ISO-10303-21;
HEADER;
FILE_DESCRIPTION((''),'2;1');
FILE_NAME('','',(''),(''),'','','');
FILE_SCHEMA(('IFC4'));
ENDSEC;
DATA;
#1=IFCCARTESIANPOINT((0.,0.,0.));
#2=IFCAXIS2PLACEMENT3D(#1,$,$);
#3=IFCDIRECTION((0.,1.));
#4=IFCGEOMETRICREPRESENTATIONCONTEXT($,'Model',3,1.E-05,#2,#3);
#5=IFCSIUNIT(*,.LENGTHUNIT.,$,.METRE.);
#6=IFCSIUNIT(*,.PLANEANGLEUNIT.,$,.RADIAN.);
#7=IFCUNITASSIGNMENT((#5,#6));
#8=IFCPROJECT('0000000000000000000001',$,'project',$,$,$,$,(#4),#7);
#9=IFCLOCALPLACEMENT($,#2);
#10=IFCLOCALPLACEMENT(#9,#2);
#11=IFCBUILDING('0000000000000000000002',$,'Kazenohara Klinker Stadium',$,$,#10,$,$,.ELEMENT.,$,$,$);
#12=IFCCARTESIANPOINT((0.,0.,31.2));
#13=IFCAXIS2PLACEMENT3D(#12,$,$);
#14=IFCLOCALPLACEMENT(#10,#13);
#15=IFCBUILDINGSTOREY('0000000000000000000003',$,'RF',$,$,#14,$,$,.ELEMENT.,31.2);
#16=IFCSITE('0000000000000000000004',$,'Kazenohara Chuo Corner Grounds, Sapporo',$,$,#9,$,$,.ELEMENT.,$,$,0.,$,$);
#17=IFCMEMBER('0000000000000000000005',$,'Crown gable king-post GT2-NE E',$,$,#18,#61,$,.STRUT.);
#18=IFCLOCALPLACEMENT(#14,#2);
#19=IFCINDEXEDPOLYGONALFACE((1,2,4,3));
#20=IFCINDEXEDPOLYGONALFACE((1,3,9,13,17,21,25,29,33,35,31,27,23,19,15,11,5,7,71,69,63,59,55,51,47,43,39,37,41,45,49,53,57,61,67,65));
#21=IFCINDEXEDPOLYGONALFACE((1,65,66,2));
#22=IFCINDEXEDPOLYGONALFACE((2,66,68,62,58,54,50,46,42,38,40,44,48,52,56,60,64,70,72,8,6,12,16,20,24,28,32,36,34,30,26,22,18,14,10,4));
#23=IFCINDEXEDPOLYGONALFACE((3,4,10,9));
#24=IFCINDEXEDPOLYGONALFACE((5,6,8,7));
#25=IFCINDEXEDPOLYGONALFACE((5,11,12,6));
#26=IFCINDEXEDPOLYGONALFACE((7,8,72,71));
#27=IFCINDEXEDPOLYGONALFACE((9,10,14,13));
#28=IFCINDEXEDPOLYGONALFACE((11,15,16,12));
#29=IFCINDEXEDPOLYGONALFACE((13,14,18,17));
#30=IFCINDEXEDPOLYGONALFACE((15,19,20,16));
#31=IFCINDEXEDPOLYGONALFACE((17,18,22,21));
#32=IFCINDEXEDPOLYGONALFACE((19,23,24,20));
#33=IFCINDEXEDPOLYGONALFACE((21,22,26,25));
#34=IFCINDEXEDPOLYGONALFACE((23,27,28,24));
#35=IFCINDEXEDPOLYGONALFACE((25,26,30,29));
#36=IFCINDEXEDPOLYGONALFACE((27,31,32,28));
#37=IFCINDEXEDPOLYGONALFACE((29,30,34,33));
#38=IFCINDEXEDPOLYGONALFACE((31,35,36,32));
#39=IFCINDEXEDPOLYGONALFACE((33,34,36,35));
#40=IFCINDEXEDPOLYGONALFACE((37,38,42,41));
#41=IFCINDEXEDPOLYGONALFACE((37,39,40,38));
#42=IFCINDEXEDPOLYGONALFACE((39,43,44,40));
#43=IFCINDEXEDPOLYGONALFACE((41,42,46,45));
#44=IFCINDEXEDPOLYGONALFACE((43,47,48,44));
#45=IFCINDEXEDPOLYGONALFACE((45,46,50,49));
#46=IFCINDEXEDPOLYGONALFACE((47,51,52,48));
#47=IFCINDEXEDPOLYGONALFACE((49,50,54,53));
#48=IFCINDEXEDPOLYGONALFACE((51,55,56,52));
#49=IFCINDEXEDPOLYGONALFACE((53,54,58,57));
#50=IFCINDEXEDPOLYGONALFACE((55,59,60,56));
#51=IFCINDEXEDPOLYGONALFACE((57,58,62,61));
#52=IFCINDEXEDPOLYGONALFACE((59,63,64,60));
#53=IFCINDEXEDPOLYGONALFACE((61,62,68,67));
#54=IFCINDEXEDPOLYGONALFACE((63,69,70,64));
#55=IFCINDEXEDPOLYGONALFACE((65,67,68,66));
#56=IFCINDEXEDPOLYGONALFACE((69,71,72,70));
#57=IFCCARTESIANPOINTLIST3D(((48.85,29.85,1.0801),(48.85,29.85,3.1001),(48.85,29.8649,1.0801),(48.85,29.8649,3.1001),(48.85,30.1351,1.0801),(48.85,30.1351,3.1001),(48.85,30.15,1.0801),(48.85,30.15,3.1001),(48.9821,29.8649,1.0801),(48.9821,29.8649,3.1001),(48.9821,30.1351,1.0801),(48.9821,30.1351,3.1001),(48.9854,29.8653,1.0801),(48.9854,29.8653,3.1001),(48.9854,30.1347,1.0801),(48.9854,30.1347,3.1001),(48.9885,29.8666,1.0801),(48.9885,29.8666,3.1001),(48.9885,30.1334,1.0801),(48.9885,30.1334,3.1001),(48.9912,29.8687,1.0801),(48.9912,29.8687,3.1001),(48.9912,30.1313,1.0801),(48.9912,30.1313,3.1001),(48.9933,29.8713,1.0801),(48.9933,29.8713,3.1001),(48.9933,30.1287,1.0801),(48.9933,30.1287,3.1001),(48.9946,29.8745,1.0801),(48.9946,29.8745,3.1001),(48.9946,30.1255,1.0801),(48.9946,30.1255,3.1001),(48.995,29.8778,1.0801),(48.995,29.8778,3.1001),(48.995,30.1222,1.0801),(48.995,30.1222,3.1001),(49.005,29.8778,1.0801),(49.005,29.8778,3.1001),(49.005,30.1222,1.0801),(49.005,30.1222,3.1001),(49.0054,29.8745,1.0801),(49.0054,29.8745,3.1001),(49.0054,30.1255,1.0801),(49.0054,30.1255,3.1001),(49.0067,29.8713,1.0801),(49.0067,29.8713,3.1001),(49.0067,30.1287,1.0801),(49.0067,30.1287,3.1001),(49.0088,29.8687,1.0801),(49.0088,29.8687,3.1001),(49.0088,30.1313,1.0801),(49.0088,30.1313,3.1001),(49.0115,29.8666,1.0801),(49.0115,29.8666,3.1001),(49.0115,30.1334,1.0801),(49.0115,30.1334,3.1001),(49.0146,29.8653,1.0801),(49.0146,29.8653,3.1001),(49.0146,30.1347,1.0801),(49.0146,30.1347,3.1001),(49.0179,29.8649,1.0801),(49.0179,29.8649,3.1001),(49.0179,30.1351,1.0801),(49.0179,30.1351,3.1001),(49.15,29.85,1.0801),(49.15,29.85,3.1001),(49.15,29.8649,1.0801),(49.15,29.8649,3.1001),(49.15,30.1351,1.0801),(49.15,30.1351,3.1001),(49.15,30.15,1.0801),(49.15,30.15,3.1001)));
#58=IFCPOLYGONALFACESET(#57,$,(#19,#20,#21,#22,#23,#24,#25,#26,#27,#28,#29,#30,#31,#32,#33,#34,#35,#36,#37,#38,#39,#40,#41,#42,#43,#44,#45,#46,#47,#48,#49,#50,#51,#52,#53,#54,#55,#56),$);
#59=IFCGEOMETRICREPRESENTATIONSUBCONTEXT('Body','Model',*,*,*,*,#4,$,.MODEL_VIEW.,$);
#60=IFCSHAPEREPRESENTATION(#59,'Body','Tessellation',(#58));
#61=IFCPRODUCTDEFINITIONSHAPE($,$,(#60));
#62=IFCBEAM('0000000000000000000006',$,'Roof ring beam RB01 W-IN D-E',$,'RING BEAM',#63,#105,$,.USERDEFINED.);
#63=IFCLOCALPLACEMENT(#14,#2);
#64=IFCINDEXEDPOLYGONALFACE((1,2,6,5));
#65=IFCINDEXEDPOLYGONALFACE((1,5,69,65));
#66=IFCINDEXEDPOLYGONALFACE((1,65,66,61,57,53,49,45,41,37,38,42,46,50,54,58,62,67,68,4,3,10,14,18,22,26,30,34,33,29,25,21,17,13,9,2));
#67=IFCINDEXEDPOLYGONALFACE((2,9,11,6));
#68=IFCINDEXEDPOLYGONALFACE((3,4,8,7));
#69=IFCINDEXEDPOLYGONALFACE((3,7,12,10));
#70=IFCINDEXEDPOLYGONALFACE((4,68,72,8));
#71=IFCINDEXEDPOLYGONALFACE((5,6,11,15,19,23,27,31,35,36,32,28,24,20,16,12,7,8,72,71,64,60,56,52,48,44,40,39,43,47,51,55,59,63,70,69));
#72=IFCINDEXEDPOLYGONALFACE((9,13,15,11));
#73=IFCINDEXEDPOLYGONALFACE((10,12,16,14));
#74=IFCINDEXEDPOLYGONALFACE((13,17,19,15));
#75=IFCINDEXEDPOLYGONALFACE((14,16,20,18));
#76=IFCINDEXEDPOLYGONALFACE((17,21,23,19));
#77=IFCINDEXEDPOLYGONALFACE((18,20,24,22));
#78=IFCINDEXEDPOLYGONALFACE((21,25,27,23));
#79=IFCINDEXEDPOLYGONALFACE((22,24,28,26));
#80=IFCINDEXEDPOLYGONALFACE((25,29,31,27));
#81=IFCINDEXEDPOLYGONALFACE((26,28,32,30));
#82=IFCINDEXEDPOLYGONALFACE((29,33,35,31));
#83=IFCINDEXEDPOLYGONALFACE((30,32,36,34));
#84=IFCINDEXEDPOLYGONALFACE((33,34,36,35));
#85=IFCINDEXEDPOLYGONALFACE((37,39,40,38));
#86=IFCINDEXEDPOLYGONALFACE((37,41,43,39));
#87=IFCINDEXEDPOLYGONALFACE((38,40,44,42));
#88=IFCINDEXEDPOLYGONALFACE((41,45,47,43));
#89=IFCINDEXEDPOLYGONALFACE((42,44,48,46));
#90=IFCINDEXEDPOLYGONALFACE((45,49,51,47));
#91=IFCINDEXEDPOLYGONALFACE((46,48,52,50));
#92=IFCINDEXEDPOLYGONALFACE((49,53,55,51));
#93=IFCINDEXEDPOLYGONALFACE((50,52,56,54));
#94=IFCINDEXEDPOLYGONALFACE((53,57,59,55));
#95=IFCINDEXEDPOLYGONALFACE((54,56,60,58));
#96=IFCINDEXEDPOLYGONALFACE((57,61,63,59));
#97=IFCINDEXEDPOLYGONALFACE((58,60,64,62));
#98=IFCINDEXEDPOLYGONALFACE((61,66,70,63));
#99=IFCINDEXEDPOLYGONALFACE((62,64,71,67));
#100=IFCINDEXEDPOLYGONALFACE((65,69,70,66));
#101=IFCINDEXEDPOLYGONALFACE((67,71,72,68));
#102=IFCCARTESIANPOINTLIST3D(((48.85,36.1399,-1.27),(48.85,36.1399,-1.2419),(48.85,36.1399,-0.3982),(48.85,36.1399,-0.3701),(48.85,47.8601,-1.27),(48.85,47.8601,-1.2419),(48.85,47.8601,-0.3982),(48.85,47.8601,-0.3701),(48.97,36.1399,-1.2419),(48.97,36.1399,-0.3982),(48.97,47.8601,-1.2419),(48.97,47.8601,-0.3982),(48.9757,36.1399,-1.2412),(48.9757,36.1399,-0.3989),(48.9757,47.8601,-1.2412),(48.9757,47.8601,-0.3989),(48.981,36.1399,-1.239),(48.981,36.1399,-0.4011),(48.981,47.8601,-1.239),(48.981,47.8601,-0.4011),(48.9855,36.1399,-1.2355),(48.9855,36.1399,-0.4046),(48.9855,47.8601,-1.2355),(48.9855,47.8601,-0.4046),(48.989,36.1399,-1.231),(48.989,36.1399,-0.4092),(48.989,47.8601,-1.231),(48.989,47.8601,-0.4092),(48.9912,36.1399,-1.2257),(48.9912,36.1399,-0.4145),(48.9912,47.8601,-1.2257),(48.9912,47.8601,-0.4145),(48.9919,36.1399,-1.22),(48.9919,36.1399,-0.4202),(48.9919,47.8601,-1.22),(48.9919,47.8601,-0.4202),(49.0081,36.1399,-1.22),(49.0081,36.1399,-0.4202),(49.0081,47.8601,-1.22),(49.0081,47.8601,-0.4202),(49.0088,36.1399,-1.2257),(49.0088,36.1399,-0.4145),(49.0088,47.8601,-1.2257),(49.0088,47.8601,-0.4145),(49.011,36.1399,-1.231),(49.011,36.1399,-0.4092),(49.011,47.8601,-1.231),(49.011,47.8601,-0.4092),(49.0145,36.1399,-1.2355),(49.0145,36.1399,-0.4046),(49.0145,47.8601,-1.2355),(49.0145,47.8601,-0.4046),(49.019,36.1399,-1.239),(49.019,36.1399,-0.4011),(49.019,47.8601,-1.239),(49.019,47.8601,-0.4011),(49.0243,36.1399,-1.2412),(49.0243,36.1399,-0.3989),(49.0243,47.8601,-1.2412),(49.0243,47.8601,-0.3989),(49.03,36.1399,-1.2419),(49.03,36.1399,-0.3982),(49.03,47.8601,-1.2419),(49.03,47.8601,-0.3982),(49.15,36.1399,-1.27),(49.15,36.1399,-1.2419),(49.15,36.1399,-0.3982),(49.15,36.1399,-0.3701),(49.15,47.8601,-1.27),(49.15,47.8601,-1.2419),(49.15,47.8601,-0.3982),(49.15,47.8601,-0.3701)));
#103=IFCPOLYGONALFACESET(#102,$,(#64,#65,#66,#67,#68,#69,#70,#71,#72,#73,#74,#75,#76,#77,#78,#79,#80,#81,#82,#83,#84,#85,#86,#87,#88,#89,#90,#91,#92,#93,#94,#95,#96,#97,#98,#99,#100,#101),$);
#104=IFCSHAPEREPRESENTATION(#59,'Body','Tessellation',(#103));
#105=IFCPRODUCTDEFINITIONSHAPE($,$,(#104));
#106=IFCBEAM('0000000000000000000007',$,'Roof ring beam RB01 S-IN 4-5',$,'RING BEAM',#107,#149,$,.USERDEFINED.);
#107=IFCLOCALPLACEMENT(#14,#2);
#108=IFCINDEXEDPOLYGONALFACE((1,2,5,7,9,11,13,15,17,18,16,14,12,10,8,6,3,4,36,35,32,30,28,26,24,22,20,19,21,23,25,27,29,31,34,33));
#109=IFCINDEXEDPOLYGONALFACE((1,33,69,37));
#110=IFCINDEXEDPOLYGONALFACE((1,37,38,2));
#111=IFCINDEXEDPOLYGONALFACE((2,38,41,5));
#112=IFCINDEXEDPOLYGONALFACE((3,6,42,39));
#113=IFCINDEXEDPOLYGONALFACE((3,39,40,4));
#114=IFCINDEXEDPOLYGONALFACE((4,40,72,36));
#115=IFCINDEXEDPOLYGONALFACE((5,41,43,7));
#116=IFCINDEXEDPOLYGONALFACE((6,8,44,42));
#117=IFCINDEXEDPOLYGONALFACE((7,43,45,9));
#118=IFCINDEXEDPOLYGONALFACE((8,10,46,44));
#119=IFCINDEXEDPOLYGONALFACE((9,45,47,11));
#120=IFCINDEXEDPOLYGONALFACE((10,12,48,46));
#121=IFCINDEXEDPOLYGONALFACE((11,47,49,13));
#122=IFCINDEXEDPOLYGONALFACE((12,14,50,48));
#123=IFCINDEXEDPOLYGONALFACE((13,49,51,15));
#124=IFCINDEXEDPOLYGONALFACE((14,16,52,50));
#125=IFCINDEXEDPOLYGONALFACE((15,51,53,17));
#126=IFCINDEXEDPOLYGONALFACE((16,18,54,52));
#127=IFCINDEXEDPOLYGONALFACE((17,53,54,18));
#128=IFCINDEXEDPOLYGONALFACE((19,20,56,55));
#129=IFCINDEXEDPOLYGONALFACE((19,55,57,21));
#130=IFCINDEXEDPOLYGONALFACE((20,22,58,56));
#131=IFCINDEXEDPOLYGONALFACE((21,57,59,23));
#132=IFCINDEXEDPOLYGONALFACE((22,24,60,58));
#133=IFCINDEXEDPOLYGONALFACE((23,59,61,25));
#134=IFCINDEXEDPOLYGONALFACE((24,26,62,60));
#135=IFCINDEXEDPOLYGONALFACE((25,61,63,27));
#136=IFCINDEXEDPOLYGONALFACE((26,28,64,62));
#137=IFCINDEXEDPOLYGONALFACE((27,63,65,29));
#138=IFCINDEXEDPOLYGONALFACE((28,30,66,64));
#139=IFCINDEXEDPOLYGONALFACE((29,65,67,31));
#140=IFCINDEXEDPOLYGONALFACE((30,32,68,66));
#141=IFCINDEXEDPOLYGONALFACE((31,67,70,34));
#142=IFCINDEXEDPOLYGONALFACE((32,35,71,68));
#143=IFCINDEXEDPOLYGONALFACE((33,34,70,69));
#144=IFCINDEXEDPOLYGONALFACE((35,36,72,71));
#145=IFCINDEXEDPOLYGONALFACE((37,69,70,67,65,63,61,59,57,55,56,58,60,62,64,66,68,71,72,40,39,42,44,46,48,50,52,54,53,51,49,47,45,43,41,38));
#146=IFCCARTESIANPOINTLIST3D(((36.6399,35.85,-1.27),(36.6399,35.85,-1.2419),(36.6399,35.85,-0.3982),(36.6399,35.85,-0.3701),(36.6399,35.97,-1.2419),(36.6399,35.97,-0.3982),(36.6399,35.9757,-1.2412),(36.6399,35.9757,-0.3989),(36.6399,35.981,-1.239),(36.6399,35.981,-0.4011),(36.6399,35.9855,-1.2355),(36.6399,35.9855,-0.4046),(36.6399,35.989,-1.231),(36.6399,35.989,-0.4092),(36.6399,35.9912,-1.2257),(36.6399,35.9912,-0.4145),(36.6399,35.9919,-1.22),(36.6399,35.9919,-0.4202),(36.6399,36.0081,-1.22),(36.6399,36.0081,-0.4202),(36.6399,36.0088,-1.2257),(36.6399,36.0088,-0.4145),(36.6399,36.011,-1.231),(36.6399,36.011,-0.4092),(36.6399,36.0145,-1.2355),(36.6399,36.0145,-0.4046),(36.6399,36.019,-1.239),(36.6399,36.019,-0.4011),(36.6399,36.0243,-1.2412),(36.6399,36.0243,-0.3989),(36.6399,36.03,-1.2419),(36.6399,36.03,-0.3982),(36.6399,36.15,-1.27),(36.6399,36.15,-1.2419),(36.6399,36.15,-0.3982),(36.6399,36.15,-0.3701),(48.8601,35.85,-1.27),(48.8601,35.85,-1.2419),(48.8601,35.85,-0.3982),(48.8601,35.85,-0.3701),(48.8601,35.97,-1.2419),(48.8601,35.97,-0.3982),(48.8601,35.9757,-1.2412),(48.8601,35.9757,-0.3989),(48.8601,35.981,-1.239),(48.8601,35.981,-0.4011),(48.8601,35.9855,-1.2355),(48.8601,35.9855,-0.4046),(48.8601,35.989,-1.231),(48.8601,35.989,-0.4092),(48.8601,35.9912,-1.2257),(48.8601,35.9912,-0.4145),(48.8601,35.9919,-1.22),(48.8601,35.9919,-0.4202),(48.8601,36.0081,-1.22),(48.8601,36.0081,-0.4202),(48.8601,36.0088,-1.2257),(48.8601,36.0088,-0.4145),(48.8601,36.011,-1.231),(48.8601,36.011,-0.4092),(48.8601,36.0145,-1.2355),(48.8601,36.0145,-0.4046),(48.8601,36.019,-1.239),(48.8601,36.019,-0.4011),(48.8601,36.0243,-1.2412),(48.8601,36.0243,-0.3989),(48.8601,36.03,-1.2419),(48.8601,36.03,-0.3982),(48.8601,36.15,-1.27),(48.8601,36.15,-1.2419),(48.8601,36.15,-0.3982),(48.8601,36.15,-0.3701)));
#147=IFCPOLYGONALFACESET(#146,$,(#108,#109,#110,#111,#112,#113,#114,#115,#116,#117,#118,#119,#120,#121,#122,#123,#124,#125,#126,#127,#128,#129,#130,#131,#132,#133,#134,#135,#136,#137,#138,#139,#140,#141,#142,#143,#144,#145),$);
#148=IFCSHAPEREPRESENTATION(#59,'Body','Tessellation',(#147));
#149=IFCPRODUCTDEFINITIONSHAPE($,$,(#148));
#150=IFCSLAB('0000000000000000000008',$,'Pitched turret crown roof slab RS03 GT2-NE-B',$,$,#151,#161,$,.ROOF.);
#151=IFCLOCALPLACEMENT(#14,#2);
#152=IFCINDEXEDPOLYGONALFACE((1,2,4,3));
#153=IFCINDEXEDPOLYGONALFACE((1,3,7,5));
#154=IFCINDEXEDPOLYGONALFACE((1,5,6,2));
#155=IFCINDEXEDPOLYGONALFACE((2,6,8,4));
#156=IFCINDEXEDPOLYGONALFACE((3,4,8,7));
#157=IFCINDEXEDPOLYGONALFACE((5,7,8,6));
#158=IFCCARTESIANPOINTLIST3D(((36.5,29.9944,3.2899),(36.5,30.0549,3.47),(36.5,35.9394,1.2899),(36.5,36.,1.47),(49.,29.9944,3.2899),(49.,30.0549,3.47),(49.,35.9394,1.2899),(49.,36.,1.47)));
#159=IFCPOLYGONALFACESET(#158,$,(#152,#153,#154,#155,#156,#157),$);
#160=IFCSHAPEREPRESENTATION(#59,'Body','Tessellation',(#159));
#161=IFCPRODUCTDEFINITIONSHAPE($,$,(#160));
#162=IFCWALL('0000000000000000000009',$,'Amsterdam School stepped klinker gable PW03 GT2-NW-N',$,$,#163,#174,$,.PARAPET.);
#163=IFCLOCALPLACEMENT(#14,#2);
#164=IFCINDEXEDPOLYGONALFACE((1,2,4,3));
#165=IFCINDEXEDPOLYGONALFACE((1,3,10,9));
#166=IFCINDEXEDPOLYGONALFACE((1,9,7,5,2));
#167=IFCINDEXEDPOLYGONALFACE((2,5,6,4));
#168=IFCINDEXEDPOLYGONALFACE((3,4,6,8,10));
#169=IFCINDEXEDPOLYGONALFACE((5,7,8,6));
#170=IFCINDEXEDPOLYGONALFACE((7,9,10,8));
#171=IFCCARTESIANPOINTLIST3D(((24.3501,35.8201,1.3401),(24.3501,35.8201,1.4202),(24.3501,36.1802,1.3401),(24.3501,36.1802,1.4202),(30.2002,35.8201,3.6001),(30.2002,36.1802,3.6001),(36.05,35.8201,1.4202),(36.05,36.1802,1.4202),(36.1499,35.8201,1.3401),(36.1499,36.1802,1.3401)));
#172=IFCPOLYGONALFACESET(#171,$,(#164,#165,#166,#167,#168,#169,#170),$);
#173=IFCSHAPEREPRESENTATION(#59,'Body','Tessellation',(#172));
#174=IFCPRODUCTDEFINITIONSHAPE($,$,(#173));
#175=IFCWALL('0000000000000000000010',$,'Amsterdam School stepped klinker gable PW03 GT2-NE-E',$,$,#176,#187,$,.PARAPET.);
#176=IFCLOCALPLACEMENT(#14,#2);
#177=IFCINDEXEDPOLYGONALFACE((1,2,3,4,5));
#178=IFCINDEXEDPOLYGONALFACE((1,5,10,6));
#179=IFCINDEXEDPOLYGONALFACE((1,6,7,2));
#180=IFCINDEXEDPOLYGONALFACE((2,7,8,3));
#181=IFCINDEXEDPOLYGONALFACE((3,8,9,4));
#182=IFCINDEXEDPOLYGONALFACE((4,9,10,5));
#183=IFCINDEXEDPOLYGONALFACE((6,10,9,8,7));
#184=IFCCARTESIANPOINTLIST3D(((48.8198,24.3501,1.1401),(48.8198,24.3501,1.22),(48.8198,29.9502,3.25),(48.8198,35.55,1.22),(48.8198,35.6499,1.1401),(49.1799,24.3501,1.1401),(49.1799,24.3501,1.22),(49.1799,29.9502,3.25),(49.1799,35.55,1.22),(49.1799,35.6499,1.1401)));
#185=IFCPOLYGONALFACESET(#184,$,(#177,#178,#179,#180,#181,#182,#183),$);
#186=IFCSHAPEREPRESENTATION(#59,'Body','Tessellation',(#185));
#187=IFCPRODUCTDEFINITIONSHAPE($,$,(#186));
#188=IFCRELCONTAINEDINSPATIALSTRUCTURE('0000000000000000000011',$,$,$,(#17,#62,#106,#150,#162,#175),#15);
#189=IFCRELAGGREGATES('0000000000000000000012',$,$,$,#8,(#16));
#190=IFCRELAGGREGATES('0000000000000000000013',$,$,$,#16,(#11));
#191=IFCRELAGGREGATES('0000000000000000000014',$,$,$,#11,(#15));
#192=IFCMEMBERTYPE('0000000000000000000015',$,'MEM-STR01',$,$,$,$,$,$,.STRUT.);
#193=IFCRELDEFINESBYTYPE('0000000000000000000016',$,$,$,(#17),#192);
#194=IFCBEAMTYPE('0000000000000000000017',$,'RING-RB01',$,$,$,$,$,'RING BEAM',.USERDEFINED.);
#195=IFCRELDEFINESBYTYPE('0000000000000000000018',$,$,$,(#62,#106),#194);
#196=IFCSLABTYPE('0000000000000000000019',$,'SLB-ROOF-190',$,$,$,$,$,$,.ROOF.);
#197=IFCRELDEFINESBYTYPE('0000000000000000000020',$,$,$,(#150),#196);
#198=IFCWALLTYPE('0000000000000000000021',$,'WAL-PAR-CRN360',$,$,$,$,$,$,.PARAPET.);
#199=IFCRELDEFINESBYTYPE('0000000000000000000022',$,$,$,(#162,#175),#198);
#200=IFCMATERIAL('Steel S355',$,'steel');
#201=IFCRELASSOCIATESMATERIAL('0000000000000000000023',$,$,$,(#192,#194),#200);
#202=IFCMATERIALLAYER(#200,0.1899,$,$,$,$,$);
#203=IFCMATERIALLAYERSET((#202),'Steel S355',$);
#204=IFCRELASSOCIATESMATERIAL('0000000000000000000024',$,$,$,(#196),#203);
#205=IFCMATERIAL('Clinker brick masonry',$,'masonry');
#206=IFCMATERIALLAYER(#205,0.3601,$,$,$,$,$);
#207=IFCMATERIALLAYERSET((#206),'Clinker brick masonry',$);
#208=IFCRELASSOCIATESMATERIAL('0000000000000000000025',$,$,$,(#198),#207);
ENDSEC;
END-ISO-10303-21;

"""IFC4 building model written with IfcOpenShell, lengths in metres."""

from ifc_helpers import new_model, si_unit, direction, frame, origin, origin_2d, place, context, subcontext, project, spatial, polyline, i_section, outline, extrude, material, layer, layer_set, material_profile, profile_set, type_object, element, save


model = new_model("IFC4")

# Units and contexts
model_context = context("Model", 3, precision=1e-05, world=origin(), true_north=direction((0.0, 1.0)))
body_context = subcontext(model_context, "Body", "Model", "MODEL_VIEW")
ifc_project = project(units=[si_unit("LENGTHUNIT", "METRE"), si_unit("PLANEANGLEUNIT", "RADIAN")], contexts=[model_context])

# Site, building, storey
site_placement = place(None, origin())
site = spatial("IfcSite", under=ifc_project, at=site_placement, Name="Kazenohara Chuo Corner Grounds, Sapporo", CompositionType="ELEMENT", RefElevation=0.0)
building_placement = place(site_placement, origin())
building = spatial("IfcBuilding", under=site, at=building_placement, Name="Kazenohara Klinker Stadium", CompositionType="ELEMENT")
storey_placement = place(building_placement, frame((0.0, 0.0, 31.2)))
storey = spatial("IfcBuildingStorey", under=building, at=storey_placement, Name="RF", CompositionType="ELEMENT", Elevation=31.2)

# Member
ifc_material_1 = material(Name="Steel S355", Category="steel")
ifc_material_profile_1 = material_profile(ifc_material_1, i_section(OverallWidth=0.3, OverallDepth=0.3, WebThickness=0.01, FlangeThickness=0.0149, FilletRadius=0.0129, at=origin_2d()), Name="H-300x300x10x15")
ifc_profile_set_1 = profile_set([ifc_material_profile_1], Name="Steel S355")
member_type_1 = type_object("IfcMemberType", Name="MEM-STR01", PredefinedType="STRUT", material=ifc_profile_set_1)
for number, where, z_axis, x_axis, name in (
    (1, (49.0, 30.0, 1.0801), (0.0, 0.0, 1.0), (1.0, 0.0, 0.0), "Crown gable king-post GT2-NE E"),
):
    element("IfcMember", number, at=place(storey_placement, frame(where, z_axis=z_axis, x_axis=x_axis)), inside=storey, type_object=member_type_1, Name=name, PredefinedType="STRUT", context=body_context, shape_type="SweptSolid", body=[
        extrude(i_section(OverallWidth=0.3, OverallDepth=0.3, WebThickness=0.01, FlangeThickness=0.0149, FilletRadius=0.0129, at=origin_2d()), origin(), (0.0, 0.0, 1.0), 2.02),
    ])

# Beams
ifc_material_profile_2 = material_profile(ifc_material_1, i_section(OverallWidth=0.3, OverallDepth=0.8999, WebThickness=0.0161, FlangeThickness=0.0281, FilletRadius=0.022, at=origin_2d()), Name="H-900x300x16x28")
ifc_profile_set_2 = profile_set([ifc_material_profile_2], Name="Steel S355")
beam_type_1 = type_object("IfcBeamType", Name="RING-RB01", ElementType="RING BEAM", PredefinedType="USERDEFINED", material=ifc_profile_set_2)
beam_1_placement = place(storey_placement, frame((49.0, 36.1399, -0.8201), z_axis=(0.0, 1.0, 0.0), x_axis=(-1.0, 0.0, 0.0)))
element("IfcBeam", 2, at=beam_1_placement, inside=storey, type_object=beam_type_1, Name="Roof ring beam RB01 W-IN D-E", ObjectType="RING BEAM", PredefinedType="USERDEFINED", context=body_context, shape_type="SweptSolid", body=[
    extrude(i_section(OverallWidth=0.3, OverallDepth=0.8999, WebThickness=0.0161, FlangeThickness=0.0281, FilletRadius=0.022, at=origin_2d()), origin(), (0.0, 0.0, 1.0), 11.7202),
])
beam_2_placement = place(storey_placement, frame((36.6399, 36.0, -0.8201), z_axis=(1.0, 0.0, 0.0), x_axis=(0.0, 1.0, 0.0)))
element("IfcBeam", 3, at=beam_2_placement, inside=storey, type_object=beam_type_1, Name="Roof ring beam RB01 S-IN 4-5", ObjectType="RING BEAM", PredefinedType="USERDEFINED", context=body_context, shape_type="SweptSolid", body=[
    extrude(i_section(OverallWidth=0.3, OverallDepth=0.8999, WebThickness=0.0161, FlangeThickness=0.0281, FilletRadius=0.022, at=origin_2d()), origin(), (0.0, 0.0, 1.0), 12.2202),
])

# Slab
ifc_layer_1 = layer(ifc_material_1, 0.1899)
ifc_layer_set_1 = layer_set([ifc_layer_1], Name="Steel S355")
slab_type = type_object("IfcSlabType", Name="SLB-ROOF-190", PredefinedType="ROOF", material=ifc_layer_set_1)
slab_placement = place(storey_placement, frame((36.5, 30.0549, 3.47), z_axis=(0.0, 0.318854, 0.947804), x_axis=(1.0, 0.0, 0.0)))
element("IfcSlab", 4, at=slab_placement, inside=storey, type_object=slab_type, Name="Pitched turret crown roof slab RS03 GT2-NE-B", PredefinedType="ROOF", context=body_context, shape_type="SweptSolid", body=[
    extrude(outline(polyline([(0.0, 0.0), (12.5, 0.0), (12.5, 6.2725), (0.0, 6.2725), (0.0, 0.0)])), origin(), (0.0, 0.0, -1.0), 0.1899),
])

# Walls
ifc_material_2 = material(Name="Clinker brick masonry", Category="masonry")
ifc_layer_2 = layer(ifc_material_2, 0.3601)
ifc_layer_set_2 = layer_set([ifc_layer_2], Name="Clinker brick masonry")
wall_type = type_object("IfcWallType", Name="WAL-PAR-CRN360", PredefinedType="PARAPET", material=ifc_layer_set_2)
wall_1_placement = place(storey_placement, frame((24.3501, 36.0, 1.3401), z_axis=(0.0, 0.0, 1.0), x_axis=(1.0, 0.0, 0.0)))
element("IfcWall", 5, at=wall_1_placement, inside=storey, type_object=wall_type, Name="Amsterdam School stepped klinker gable PW03 GT2-NW-N", PredefinedType="PARAPET", context=body_context, shape_type="SweptSolid", body=[
    extrude(outline(polyline([(0.0, 0.0), (11.7998, 0.0), (11.7, 0.0801), (5.8501, 2.26), (0.0, 0.0801), (0.0, 0.0)])), frame((0.0, 0.1802, 0.0), z_axis=(0.0, -1.0, 0.0), x_axis=(1.0, 0.0, 0.0)), (0.0, 0.0, 1.0), 0.3601),
])
wall_2_placement = place(storey_placement, frame((49.0, 24.3501, 1.1401), z_axis=(0.0, 0.0, 1.0), x_axis=(0.0, 1.0, 0.0)))
element("IfcWall", 6, at=wall_2_placement, inside=storey, type_object=wall_type, Name="Amsterdam School stepped klinker gable PW03 GT2-NE-E", PredefinedType="PARAPET", context=body_context, shape_type="SweptSolid", body=[
    extrude(outline(polyline([(0.0, 0.0), (11.2998, 0.0), (11.2, 0.0798), (5.6001, 2.1099), (0.0, 0.0798), (0.0, 0.0)])), frame((0.0, 0.1802, 0.0), z_axis=(0.0, -1.0, 0.0), x_axis=(1.0, 0.0, 0.0)), (0.0, 0.0, 1.0), 0.3601),
])

save(model, "model.ifc")
